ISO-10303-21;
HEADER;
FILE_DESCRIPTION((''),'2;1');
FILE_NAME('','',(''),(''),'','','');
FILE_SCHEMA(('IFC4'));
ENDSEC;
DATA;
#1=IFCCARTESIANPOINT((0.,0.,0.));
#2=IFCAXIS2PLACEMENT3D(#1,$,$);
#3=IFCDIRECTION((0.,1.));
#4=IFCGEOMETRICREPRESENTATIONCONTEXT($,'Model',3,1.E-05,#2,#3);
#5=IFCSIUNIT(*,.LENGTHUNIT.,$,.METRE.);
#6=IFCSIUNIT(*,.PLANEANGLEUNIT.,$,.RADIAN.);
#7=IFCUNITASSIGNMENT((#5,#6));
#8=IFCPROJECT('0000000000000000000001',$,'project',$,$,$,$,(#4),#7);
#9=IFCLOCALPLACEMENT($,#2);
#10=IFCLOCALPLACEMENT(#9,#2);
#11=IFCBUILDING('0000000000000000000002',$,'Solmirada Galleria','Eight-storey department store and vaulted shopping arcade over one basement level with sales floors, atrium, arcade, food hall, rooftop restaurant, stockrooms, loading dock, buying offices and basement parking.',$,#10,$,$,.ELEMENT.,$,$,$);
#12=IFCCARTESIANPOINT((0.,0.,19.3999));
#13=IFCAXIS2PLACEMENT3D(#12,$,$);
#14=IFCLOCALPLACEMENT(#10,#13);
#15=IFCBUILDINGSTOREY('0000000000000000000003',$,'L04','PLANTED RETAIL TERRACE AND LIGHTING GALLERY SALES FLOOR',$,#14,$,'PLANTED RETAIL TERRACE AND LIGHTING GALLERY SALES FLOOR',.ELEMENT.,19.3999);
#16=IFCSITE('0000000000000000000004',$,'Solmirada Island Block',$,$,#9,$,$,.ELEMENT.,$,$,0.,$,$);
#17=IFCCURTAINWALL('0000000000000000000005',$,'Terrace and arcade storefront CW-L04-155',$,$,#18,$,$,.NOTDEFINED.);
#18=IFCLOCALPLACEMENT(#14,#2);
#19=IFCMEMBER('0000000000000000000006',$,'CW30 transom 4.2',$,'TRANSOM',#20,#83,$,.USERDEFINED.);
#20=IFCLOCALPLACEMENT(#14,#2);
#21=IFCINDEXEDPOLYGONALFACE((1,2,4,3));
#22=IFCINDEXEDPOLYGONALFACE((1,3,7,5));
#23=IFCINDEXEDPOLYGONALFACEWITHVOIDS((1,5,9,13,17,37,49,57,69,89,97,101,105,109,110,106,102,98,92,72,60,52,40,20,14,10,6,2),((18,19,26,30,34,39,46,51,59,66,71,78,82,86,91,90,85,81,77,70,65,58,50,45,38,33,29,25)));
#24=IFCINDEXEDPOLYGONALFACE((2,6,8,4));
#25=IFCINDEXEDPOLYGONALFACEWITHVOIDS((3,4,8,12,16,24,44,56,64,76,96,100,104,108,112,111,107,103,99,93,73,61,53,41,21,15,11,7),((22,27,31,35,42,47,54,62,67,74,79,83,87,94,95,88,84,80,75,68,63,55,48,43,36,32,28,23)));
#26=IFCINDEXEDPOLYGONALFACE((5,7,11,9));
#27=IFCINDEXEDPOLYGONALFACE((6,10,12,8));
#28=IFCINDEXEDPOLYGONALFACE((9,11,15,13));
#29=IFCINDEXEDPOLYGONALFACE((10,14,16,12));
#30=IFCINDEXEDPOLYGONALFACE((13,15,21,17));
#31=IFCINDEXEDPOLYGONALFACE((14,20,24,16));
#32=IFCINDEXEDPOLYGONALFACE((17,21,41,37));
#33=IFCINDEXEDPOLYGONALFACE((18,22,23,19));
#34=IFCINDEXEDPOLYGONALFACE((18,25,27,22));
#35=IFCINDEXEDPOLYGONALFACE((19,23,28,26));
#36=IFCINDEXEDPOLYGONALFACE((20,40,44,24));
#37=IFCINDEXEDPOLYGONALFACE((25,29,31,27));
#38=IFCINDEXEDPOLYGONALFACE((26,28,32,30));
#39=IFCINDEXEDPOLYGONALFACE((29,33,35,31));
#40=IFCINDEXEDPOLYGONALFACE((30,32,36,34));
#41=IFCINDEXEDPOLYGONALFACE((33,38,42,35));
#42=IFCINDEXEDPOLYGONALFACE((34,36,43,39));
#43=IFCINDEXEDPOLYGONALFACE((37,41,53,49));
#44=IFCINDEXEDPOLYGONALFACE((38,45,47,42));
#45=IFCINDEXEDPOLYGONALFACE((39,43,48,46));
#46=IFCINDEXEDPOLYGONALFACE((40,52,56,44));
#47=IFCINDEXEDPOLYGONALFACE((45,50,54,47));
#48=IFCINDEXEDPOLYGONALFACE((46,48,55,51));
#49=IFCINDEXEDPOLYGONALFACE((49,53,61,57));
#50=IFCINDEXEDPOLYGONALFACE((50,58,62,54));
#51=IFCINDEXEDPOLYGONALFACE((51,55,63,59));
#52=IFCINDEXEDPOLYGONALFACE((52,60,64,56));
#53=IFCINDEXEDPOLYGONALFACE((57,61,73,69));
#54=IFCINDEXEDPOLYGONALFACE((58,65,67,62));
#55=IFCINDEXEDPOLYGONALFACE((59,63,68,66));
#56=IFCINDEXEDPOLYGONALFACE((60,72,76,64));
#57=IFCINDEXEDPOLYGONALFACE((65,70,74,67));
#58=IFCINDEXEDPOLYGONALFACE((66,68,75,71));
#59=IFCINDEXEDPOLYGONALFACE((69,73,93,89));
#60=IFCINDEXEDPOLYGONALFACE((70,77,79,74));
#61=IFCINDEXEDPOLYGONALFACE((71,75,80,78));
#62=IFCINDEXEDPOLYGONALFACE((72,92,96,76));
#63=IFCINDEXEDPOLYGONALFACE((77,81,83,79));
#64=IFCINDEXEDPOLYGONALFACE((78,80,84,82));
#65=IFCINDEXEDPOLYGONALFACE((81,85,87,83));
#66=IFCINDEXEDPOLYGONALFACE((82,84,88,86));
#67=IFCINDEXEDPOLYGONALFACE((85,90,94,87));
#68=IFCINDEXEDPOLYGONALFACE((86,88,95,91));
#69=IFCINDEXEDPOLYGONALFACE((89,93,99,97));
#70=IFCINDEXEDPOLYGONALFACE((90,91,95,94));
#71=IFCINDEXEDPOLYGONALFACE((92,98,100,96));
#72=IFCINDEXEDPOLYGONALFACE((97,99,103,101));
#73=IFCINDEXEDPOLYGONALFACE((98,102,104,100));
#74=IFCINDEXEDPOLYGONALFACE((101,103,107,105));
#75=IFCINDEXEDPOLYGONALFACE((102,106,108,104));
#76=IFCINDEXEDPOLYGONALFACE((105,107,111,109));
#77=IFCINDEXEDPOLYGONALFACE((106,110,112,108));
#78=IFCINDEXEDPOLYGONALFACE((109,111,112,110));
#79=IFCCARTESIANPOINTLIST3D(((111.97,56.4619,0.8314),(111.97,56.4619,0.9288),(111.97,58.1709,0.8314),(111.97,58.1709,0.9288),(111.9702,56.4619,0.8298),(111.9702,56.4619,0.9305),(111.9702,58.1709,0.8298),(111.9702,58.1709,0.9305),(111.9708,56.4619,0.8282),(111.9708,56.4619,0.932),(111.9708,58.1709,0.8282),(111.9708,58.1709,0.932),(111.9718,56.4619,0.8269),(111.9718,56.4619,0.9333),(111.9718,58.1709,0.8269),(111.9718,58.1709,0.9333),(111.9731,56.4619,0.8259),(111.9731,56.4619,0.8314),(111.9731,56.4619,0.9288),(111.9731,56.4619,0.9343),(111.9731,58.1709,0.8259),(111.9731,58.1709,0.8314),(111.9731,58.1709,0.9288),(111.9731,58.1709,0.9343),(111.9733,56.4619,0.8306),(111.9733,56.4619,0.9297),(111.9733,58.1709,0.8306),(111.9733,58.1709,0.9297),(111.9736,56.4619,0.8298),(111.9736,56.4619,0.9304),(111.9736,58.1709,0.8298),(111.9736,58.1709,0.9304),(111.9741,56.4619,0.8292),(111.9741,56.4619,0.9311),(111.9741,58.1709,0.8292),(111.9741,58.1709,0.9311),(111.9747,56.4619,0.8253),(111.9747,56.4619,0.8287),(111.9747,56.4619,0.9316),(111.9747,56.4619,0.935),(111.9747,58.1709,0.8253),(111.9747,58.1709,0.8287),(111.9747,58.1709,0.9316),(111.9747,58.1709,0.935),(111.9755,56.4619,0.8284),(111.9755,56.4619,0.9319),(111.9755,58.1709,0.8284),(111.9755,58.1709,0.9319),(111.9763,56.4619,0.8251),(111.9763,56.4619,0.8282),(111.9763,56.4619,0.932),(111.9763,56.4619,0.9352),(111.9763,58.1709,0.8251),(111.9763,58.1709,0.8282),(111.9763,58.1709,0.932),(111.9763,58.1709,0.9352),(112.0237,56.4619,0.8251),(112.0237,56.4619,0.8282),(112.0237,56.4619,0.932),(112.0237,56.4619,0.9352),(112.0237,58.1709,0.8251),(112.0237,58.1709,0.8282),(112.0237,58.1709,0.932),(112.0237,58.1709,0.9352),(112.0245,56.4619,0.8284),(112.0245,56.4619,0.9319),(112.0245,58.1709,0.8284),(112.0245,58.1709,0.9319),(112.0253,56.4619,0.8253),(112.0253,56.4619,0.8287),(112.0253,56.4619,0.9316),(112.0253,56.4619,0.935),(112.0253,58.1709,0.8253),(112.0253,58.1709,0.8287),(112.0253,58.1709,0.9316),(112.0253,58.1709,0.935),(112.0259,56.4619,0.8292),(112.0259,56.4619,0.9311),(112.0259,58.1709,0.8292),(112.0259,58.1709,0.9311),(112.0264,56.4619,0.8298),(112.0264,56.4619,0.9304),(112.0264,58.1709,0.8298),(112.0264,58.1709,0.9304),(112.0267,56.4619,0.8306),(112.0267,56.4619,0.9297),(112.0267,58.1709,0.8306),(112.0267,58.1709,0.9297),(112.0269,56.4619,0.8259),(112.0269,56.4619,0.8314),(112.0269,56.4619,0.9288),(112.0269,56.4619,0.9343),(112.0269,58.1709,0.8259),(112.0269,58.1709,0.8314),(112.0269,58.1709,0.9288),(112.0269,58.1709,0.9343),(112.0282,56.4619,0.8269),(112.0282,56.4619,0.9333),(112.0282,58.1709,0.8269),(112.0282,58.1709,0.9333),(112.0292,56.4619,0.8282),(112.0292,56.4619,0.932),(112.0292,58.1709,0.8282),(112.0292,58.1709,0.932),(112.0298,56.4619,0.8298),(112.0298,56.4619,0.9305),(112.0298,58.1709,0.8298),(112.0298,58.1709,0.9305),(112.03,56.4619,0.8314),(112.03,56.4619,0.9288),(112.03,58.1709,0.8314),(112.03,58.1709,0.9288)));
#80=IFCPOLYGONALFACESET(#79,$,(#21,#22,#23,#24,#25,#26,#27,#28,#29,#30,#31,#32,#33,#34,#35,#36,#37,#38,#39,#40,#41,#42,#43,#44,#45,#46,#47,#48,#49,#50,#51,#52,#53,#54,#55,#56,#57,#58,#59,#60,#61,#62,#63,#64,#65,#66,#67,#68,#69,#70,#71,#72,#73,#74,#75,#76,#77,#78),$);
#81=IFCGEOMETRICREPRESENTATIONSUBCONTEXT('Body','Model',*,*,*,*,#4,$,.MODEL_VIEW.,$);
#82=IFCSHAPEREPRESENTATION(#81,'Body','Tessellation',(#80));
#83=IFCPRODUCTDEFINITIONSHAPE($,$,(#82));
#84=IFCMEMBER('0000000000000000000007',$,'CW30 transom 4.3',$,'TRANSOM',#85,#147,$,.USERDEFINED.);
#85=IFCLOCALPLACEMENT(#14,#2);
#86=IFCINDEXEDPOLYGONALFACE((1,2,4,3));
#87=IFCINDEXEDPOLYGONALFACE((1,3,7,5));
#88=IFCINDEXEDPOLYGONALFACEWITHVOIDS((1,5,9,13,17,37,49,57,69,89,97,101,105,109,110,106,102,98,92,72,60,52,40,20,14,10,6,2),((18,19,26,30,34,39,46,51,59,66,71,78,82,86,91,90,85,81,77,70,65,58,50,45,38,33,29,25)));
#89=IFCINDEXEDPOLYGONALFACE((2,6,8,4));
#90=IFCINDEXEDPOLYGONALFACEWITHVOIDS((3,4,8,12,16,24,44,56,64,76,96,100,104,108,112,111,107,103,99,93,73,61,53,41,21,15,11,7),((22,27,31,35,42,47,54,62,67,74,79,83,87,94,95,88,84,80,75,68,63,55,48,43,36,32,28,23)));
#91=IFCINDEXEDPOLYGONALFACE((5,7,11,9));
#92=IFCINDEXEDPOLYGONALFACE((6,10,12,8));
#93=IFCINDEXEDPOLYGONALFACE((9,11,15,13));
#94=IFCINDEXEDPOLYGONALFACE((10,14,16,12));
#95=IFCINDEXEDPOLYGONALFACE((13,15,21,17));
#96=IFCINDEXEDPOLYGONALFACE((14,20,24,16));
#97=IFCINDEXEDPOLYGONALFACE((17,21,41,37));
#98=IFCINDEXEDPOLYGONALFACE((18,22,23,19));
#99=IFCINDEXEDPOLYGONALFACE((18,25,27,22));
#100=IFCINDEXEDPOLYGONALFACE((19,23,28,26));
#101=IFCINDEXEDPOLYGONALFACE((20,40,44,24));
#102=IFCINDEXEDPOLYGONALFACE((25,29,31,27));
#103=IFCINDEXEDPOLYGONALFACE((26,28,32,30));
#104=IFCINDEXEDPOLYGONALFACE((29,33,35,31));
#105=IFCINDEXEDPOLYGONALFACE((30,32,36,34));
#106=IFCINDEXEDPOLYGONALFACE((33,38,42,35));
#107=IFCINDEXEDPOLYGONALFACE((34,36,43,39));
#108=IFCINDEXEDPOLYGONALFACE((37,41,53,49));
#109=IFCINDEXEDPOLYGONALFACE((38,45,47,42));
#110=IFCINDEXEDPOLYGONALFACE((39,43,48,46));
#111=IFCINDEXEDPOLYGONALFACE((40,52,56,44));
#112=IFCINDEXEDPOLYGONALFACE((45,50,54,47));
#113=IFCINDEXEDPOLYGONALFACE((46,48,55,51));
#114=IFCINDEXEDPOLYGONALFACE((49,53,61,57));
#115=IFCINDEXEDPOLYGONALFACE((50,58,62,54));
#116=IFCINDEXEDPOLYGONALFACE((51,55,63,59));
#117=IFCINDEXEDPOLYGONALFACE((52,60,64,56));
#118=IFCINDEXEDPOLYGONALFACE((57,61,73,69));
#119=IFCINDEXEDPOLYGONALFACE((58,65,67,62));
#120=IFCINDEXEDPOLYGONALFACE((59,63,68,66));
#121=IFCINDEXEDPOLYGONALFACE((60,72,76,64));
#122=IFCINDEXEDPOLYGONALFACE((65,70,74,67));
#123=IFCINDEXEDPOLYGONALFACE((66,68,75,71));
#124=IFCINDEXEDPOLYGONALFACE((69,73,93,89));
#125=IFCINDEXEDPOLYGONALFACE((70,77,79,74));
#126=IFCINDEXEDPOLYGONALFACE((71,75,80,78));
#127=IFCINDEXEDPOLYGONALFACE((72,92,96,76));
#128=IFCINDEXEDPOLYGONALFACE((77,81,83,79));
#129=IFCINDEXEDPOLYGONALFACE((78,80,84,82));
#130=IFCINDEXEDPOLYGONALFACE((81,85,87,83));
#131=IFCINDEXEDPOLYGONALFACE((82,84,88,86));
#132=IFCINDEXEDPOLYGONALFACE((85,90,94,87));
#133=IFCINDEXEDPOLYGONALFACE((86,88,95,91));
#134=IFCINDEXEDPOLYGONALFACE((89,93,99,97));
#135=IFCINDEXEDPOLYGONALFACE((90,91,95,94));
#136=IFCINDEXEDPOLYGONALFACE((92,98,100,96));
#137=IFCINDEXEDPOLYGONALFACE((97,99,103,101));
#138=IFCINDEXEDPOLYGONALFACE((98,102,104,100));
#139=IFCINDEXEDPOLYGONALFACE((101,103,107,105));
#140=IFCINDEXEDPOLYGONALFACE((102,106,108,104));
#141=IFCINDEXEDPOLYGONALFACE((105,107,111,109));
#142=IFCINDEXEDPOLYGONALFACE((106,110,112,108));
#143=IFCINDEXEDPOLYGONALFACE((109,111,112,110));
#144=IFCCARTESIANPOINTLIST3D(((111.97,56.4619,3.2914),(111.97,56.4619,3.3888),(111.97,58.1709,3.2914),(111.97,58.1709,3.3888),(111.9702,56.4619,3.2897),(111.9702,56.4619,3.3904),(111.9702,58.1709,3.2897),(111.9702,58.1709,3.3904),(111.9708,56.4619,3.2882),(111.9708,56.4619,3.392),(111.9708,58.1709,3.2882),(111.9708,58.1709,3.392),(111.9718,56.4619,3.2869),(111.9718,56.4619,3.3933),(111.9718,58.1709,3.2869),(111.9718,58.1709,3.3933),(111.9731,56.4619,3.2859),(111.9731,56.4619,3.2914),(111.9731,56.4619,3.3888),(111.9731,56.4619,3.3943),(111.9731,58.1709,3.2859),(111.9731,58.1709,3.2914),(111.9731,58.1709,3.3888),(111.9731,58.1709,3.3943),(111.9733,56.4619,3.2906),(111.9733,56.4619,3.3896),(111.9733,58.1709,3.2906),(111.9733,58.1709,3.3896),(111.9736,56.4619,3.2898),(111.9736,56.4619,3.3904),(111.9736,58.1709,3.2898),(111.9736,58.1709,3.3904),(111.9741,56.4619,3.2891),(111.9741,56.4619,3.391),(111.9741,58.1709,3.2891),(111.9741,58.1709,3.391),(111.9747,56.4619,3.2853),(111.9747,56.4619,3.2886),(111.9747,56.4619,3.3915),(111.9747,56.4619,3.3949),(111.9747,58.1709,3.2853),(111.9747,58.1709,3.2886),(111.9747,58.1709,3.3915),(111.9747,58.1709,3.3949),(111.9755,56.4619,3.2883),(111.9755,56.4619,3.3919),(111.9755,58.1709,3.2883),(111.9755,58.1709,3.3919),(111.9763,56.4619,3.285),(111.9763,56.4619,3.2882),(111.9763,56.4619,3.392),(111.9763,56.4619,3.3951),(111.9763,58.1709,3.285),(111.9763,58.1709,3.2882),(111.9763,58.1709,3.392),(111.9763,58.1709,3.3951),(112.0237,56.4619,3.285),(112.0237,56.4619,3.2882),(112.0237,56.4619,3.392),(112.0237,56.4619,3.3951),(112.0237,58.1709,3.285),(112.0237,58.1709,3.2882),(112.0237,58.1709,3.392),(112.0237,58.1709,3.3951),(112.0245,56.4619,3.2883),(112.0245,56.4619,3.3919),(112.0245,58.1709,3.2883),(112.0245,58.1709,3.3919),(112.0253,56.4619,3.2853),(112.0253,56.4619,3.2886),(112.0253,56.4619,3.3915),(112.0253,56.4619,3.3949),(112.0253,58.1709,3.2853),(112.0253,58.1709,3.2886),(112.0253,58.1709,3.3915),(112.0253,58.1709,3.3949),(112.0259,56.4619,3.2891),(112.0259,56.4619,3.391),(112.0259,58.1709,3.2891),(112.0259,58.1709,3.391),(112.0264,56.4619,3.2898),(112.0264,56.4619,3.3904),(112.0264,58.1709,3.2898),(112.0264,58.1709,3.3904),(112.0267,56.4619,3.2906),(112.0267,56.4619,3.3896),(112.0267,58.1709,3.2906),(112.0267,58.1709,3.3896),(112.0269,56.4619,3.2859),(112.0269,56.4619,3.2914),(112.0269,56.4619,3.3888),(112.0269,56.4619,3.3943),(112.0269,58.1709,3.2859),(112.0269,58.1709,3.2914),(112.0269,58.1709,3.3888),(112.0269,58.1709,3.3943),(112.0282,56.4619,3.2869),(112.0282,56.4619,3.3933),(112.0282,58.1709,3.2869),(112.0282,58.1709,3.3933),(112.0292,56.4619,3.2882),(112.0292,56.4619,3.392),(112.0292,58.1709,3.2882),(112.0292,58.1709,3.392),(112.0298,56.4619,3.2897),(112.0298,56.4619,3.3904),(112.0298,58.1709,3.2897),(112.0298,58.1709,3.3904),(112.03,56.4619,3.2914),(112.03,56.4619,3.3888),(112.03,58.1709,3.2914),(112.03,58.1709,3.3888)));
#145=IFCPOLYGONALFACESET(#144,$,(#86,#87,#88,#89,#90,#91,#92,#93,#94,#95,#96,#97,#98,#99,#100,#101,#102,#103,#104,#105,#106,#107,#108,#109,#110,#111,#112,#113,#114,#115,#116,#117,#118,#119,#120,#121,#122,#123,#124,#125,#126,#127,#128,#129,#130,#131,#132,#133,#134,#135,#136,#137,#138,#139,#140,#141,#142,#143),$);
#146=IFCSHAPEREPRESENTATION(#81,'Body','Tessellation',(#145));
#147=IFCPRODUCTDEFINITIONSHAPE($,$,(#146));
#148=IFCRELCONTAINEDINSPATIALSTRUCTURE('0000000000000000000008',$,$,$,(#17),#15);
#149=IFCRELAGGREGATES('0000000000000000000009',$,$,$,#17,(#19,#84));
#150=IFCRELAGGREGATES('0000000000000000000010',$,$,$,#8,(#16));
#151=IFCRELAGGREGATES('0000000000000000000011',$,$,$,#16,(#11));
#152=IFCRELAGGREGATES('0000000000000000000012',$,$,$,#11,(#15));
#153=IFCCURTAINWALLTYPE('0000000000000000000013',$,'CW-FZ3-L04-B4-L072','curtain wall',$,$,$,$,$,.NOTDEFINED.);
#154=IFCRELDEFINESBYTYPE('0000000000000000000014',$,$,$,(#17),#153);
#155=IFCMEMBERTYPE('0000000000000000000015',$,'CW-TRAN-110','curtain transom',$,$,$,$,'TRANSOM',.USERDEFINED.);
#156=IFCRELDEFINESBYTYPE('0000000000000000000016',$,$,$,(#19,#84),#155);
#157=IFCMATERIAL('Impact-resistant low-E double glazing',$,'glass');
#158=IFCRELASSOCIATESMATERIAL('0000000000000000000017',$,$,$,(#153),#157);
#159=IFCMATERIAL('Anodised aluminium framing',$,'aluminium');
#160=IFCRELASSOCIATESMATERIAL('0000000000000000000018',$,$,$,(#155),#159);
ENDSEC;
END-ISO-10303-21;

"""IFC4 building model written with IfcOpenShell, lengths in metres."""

from ifc_helpers import new_model, si_unit, direction, frame, origin, origin_2d, place, context, subcontext, project, spatial, hollow_rectangle, extrude, material, material_profile, profile_set, type_object, element, aggregate, save


model = new_model("IFC4")

# Units and contexts
model_context = context("Model", 3, precision=1e-05, world=origin(), true_north=direction((0.0, 1.0)))
body_context = subcontext(model_context, "Body", "Model", "MODEL_VIEW")
ifc_project = project(units=[si_unit("LENGTHUNIT", "METRE"), si_unit("PLANEANGLEUNIT", "RADIAN")], contexts=[model_context])

# Site, building, storey
site_placement = place(None, origin())
site = spatial("IfcSite", under=ifc_project, at=site_placement, Name="Solmirada Island Block", CompositionType="ELEMENT", RefElevation=0.0)
building_placement = place(site_placement, origin())
building = spatial("IfcBuilding", under=site, at=building_placement, Name="Solmirada Galleria", Description="Eight-storey department store and vaulted shopping arcade over one basement level with sales floors, atrium, arcade, food hall, rooftop restaurant, stockrooms, loading dock, buying offices and basement parking.", CompositionType="ELEMENT")
storey_placement = place(building_placement, frame((0.0, 0.0, 19.3999)))
storey = spatial("IfcBuildingStorey", under=building, at=storey_placement, Name="L04", Description="PLANTED RETAIL TERRACE AND LIGHTING GALLERY SALES FLOOR", LongName="PLANTED RETAIL TERRACE AND LIGHTING GALLERY SALES FLOOR", CompositionType="ELEMENT", Elevation=19.3999)

# Curtain wall
ifc_material_1 = material(Name="Impact-resistant low-E double glazing", Category="glass")
curtain_wall_type_1 = type_object("IfcCurtainWallType", Name="CW-FZ3-L04-B4-L072", Description="curtain wall", PredefinedType="NOTDEFINED", material=ifc_material_1)
curtain_wall_1_placement = place(storey_placement, origin())
curtain_wall_1 = element("IfcCurtainWall", 1, at=curtain_wall_1_placement, inside=storey, type_object=curtain_wall_type_1, Name="Terrace and arcade storefront CW-L04-155", PredefinedType="NOTDEFINED")
ifc_material_2 = material(Name="Anodised aluminium framing", Category="aluminium")

# Members
ifc_material_profile_1 = material_profile(ifc_material_2, hollow_rectangle(XDim=0.0601, YDim=0.1101, WallThickness=0.0032, InnerFilletRadius=0.0032, OuterFilletRadius=0.0063, at=origin_2d()), Name="ALU-TRAN-110X60")
ifc_profile_set_1 = profile_set([ifc_material_profile_1], Name="Anodised aluminium framing")
member_type_1 = type_object("IfcMemberType", Name="CW-TRAN-110", Description="curtain transom", ElementType="TRANSOM", PredefinedType="USERDEFINED", material=ifc_profile_set_1)
member_1_placement = place(storey_placement, frame((112.0, 58.1709, 0.8801), z_axis=(0.0, -1.0, 0.0), x_axis=(1.0, 0.0, 0.0)))
member_1 = element("IfcMember", 2, at=member_1_placement, type_object=member_type_1, Name="CW30 transom 4.2", ObjectType="TRANSOM", PredefinedType="USERDEFINED", context=body_context, shape_type="SweptSolid", body=[
    extrude(hollow_rectangle(XDim=0.0601, YDim=0.1101, WallThickness=0.0032, InnerFilletRadius=0.0032, OuterFilletRadius=0.0063, at=origin_2d()), origin(), (0.0, 0.0, 1.0), 1.709),
])
member_2_placement = place(storey_placement, frame((112.0, 58.1709, 3.3401), z_axis=(0.0, -1.0, 0.0), x_axis=(1.0, 0.0, 0.0)))
member_2 = element("IfcMember", 3, at=member_2_placement, type_object=member_type_1, Name="CW30 transom 4.3", ObjectType="TRANSOM", PredefinedType="USERDEFINED", context=body_context, shape_type="SweptSolid", body=[
    extrude(hollow_rectangle(XDim=0.0601, YDim=0.1101, WallThickness=0.0032, InnerFilletRadius=0.0032, OuterFilletRadius=0.0063, at=origin_2d()), origin(), (0.0, 0.0, 1.0), 1.709),
])

aggregate(curtain_wall_1, [member_1, member_2])

save(model, "model.ifc")
